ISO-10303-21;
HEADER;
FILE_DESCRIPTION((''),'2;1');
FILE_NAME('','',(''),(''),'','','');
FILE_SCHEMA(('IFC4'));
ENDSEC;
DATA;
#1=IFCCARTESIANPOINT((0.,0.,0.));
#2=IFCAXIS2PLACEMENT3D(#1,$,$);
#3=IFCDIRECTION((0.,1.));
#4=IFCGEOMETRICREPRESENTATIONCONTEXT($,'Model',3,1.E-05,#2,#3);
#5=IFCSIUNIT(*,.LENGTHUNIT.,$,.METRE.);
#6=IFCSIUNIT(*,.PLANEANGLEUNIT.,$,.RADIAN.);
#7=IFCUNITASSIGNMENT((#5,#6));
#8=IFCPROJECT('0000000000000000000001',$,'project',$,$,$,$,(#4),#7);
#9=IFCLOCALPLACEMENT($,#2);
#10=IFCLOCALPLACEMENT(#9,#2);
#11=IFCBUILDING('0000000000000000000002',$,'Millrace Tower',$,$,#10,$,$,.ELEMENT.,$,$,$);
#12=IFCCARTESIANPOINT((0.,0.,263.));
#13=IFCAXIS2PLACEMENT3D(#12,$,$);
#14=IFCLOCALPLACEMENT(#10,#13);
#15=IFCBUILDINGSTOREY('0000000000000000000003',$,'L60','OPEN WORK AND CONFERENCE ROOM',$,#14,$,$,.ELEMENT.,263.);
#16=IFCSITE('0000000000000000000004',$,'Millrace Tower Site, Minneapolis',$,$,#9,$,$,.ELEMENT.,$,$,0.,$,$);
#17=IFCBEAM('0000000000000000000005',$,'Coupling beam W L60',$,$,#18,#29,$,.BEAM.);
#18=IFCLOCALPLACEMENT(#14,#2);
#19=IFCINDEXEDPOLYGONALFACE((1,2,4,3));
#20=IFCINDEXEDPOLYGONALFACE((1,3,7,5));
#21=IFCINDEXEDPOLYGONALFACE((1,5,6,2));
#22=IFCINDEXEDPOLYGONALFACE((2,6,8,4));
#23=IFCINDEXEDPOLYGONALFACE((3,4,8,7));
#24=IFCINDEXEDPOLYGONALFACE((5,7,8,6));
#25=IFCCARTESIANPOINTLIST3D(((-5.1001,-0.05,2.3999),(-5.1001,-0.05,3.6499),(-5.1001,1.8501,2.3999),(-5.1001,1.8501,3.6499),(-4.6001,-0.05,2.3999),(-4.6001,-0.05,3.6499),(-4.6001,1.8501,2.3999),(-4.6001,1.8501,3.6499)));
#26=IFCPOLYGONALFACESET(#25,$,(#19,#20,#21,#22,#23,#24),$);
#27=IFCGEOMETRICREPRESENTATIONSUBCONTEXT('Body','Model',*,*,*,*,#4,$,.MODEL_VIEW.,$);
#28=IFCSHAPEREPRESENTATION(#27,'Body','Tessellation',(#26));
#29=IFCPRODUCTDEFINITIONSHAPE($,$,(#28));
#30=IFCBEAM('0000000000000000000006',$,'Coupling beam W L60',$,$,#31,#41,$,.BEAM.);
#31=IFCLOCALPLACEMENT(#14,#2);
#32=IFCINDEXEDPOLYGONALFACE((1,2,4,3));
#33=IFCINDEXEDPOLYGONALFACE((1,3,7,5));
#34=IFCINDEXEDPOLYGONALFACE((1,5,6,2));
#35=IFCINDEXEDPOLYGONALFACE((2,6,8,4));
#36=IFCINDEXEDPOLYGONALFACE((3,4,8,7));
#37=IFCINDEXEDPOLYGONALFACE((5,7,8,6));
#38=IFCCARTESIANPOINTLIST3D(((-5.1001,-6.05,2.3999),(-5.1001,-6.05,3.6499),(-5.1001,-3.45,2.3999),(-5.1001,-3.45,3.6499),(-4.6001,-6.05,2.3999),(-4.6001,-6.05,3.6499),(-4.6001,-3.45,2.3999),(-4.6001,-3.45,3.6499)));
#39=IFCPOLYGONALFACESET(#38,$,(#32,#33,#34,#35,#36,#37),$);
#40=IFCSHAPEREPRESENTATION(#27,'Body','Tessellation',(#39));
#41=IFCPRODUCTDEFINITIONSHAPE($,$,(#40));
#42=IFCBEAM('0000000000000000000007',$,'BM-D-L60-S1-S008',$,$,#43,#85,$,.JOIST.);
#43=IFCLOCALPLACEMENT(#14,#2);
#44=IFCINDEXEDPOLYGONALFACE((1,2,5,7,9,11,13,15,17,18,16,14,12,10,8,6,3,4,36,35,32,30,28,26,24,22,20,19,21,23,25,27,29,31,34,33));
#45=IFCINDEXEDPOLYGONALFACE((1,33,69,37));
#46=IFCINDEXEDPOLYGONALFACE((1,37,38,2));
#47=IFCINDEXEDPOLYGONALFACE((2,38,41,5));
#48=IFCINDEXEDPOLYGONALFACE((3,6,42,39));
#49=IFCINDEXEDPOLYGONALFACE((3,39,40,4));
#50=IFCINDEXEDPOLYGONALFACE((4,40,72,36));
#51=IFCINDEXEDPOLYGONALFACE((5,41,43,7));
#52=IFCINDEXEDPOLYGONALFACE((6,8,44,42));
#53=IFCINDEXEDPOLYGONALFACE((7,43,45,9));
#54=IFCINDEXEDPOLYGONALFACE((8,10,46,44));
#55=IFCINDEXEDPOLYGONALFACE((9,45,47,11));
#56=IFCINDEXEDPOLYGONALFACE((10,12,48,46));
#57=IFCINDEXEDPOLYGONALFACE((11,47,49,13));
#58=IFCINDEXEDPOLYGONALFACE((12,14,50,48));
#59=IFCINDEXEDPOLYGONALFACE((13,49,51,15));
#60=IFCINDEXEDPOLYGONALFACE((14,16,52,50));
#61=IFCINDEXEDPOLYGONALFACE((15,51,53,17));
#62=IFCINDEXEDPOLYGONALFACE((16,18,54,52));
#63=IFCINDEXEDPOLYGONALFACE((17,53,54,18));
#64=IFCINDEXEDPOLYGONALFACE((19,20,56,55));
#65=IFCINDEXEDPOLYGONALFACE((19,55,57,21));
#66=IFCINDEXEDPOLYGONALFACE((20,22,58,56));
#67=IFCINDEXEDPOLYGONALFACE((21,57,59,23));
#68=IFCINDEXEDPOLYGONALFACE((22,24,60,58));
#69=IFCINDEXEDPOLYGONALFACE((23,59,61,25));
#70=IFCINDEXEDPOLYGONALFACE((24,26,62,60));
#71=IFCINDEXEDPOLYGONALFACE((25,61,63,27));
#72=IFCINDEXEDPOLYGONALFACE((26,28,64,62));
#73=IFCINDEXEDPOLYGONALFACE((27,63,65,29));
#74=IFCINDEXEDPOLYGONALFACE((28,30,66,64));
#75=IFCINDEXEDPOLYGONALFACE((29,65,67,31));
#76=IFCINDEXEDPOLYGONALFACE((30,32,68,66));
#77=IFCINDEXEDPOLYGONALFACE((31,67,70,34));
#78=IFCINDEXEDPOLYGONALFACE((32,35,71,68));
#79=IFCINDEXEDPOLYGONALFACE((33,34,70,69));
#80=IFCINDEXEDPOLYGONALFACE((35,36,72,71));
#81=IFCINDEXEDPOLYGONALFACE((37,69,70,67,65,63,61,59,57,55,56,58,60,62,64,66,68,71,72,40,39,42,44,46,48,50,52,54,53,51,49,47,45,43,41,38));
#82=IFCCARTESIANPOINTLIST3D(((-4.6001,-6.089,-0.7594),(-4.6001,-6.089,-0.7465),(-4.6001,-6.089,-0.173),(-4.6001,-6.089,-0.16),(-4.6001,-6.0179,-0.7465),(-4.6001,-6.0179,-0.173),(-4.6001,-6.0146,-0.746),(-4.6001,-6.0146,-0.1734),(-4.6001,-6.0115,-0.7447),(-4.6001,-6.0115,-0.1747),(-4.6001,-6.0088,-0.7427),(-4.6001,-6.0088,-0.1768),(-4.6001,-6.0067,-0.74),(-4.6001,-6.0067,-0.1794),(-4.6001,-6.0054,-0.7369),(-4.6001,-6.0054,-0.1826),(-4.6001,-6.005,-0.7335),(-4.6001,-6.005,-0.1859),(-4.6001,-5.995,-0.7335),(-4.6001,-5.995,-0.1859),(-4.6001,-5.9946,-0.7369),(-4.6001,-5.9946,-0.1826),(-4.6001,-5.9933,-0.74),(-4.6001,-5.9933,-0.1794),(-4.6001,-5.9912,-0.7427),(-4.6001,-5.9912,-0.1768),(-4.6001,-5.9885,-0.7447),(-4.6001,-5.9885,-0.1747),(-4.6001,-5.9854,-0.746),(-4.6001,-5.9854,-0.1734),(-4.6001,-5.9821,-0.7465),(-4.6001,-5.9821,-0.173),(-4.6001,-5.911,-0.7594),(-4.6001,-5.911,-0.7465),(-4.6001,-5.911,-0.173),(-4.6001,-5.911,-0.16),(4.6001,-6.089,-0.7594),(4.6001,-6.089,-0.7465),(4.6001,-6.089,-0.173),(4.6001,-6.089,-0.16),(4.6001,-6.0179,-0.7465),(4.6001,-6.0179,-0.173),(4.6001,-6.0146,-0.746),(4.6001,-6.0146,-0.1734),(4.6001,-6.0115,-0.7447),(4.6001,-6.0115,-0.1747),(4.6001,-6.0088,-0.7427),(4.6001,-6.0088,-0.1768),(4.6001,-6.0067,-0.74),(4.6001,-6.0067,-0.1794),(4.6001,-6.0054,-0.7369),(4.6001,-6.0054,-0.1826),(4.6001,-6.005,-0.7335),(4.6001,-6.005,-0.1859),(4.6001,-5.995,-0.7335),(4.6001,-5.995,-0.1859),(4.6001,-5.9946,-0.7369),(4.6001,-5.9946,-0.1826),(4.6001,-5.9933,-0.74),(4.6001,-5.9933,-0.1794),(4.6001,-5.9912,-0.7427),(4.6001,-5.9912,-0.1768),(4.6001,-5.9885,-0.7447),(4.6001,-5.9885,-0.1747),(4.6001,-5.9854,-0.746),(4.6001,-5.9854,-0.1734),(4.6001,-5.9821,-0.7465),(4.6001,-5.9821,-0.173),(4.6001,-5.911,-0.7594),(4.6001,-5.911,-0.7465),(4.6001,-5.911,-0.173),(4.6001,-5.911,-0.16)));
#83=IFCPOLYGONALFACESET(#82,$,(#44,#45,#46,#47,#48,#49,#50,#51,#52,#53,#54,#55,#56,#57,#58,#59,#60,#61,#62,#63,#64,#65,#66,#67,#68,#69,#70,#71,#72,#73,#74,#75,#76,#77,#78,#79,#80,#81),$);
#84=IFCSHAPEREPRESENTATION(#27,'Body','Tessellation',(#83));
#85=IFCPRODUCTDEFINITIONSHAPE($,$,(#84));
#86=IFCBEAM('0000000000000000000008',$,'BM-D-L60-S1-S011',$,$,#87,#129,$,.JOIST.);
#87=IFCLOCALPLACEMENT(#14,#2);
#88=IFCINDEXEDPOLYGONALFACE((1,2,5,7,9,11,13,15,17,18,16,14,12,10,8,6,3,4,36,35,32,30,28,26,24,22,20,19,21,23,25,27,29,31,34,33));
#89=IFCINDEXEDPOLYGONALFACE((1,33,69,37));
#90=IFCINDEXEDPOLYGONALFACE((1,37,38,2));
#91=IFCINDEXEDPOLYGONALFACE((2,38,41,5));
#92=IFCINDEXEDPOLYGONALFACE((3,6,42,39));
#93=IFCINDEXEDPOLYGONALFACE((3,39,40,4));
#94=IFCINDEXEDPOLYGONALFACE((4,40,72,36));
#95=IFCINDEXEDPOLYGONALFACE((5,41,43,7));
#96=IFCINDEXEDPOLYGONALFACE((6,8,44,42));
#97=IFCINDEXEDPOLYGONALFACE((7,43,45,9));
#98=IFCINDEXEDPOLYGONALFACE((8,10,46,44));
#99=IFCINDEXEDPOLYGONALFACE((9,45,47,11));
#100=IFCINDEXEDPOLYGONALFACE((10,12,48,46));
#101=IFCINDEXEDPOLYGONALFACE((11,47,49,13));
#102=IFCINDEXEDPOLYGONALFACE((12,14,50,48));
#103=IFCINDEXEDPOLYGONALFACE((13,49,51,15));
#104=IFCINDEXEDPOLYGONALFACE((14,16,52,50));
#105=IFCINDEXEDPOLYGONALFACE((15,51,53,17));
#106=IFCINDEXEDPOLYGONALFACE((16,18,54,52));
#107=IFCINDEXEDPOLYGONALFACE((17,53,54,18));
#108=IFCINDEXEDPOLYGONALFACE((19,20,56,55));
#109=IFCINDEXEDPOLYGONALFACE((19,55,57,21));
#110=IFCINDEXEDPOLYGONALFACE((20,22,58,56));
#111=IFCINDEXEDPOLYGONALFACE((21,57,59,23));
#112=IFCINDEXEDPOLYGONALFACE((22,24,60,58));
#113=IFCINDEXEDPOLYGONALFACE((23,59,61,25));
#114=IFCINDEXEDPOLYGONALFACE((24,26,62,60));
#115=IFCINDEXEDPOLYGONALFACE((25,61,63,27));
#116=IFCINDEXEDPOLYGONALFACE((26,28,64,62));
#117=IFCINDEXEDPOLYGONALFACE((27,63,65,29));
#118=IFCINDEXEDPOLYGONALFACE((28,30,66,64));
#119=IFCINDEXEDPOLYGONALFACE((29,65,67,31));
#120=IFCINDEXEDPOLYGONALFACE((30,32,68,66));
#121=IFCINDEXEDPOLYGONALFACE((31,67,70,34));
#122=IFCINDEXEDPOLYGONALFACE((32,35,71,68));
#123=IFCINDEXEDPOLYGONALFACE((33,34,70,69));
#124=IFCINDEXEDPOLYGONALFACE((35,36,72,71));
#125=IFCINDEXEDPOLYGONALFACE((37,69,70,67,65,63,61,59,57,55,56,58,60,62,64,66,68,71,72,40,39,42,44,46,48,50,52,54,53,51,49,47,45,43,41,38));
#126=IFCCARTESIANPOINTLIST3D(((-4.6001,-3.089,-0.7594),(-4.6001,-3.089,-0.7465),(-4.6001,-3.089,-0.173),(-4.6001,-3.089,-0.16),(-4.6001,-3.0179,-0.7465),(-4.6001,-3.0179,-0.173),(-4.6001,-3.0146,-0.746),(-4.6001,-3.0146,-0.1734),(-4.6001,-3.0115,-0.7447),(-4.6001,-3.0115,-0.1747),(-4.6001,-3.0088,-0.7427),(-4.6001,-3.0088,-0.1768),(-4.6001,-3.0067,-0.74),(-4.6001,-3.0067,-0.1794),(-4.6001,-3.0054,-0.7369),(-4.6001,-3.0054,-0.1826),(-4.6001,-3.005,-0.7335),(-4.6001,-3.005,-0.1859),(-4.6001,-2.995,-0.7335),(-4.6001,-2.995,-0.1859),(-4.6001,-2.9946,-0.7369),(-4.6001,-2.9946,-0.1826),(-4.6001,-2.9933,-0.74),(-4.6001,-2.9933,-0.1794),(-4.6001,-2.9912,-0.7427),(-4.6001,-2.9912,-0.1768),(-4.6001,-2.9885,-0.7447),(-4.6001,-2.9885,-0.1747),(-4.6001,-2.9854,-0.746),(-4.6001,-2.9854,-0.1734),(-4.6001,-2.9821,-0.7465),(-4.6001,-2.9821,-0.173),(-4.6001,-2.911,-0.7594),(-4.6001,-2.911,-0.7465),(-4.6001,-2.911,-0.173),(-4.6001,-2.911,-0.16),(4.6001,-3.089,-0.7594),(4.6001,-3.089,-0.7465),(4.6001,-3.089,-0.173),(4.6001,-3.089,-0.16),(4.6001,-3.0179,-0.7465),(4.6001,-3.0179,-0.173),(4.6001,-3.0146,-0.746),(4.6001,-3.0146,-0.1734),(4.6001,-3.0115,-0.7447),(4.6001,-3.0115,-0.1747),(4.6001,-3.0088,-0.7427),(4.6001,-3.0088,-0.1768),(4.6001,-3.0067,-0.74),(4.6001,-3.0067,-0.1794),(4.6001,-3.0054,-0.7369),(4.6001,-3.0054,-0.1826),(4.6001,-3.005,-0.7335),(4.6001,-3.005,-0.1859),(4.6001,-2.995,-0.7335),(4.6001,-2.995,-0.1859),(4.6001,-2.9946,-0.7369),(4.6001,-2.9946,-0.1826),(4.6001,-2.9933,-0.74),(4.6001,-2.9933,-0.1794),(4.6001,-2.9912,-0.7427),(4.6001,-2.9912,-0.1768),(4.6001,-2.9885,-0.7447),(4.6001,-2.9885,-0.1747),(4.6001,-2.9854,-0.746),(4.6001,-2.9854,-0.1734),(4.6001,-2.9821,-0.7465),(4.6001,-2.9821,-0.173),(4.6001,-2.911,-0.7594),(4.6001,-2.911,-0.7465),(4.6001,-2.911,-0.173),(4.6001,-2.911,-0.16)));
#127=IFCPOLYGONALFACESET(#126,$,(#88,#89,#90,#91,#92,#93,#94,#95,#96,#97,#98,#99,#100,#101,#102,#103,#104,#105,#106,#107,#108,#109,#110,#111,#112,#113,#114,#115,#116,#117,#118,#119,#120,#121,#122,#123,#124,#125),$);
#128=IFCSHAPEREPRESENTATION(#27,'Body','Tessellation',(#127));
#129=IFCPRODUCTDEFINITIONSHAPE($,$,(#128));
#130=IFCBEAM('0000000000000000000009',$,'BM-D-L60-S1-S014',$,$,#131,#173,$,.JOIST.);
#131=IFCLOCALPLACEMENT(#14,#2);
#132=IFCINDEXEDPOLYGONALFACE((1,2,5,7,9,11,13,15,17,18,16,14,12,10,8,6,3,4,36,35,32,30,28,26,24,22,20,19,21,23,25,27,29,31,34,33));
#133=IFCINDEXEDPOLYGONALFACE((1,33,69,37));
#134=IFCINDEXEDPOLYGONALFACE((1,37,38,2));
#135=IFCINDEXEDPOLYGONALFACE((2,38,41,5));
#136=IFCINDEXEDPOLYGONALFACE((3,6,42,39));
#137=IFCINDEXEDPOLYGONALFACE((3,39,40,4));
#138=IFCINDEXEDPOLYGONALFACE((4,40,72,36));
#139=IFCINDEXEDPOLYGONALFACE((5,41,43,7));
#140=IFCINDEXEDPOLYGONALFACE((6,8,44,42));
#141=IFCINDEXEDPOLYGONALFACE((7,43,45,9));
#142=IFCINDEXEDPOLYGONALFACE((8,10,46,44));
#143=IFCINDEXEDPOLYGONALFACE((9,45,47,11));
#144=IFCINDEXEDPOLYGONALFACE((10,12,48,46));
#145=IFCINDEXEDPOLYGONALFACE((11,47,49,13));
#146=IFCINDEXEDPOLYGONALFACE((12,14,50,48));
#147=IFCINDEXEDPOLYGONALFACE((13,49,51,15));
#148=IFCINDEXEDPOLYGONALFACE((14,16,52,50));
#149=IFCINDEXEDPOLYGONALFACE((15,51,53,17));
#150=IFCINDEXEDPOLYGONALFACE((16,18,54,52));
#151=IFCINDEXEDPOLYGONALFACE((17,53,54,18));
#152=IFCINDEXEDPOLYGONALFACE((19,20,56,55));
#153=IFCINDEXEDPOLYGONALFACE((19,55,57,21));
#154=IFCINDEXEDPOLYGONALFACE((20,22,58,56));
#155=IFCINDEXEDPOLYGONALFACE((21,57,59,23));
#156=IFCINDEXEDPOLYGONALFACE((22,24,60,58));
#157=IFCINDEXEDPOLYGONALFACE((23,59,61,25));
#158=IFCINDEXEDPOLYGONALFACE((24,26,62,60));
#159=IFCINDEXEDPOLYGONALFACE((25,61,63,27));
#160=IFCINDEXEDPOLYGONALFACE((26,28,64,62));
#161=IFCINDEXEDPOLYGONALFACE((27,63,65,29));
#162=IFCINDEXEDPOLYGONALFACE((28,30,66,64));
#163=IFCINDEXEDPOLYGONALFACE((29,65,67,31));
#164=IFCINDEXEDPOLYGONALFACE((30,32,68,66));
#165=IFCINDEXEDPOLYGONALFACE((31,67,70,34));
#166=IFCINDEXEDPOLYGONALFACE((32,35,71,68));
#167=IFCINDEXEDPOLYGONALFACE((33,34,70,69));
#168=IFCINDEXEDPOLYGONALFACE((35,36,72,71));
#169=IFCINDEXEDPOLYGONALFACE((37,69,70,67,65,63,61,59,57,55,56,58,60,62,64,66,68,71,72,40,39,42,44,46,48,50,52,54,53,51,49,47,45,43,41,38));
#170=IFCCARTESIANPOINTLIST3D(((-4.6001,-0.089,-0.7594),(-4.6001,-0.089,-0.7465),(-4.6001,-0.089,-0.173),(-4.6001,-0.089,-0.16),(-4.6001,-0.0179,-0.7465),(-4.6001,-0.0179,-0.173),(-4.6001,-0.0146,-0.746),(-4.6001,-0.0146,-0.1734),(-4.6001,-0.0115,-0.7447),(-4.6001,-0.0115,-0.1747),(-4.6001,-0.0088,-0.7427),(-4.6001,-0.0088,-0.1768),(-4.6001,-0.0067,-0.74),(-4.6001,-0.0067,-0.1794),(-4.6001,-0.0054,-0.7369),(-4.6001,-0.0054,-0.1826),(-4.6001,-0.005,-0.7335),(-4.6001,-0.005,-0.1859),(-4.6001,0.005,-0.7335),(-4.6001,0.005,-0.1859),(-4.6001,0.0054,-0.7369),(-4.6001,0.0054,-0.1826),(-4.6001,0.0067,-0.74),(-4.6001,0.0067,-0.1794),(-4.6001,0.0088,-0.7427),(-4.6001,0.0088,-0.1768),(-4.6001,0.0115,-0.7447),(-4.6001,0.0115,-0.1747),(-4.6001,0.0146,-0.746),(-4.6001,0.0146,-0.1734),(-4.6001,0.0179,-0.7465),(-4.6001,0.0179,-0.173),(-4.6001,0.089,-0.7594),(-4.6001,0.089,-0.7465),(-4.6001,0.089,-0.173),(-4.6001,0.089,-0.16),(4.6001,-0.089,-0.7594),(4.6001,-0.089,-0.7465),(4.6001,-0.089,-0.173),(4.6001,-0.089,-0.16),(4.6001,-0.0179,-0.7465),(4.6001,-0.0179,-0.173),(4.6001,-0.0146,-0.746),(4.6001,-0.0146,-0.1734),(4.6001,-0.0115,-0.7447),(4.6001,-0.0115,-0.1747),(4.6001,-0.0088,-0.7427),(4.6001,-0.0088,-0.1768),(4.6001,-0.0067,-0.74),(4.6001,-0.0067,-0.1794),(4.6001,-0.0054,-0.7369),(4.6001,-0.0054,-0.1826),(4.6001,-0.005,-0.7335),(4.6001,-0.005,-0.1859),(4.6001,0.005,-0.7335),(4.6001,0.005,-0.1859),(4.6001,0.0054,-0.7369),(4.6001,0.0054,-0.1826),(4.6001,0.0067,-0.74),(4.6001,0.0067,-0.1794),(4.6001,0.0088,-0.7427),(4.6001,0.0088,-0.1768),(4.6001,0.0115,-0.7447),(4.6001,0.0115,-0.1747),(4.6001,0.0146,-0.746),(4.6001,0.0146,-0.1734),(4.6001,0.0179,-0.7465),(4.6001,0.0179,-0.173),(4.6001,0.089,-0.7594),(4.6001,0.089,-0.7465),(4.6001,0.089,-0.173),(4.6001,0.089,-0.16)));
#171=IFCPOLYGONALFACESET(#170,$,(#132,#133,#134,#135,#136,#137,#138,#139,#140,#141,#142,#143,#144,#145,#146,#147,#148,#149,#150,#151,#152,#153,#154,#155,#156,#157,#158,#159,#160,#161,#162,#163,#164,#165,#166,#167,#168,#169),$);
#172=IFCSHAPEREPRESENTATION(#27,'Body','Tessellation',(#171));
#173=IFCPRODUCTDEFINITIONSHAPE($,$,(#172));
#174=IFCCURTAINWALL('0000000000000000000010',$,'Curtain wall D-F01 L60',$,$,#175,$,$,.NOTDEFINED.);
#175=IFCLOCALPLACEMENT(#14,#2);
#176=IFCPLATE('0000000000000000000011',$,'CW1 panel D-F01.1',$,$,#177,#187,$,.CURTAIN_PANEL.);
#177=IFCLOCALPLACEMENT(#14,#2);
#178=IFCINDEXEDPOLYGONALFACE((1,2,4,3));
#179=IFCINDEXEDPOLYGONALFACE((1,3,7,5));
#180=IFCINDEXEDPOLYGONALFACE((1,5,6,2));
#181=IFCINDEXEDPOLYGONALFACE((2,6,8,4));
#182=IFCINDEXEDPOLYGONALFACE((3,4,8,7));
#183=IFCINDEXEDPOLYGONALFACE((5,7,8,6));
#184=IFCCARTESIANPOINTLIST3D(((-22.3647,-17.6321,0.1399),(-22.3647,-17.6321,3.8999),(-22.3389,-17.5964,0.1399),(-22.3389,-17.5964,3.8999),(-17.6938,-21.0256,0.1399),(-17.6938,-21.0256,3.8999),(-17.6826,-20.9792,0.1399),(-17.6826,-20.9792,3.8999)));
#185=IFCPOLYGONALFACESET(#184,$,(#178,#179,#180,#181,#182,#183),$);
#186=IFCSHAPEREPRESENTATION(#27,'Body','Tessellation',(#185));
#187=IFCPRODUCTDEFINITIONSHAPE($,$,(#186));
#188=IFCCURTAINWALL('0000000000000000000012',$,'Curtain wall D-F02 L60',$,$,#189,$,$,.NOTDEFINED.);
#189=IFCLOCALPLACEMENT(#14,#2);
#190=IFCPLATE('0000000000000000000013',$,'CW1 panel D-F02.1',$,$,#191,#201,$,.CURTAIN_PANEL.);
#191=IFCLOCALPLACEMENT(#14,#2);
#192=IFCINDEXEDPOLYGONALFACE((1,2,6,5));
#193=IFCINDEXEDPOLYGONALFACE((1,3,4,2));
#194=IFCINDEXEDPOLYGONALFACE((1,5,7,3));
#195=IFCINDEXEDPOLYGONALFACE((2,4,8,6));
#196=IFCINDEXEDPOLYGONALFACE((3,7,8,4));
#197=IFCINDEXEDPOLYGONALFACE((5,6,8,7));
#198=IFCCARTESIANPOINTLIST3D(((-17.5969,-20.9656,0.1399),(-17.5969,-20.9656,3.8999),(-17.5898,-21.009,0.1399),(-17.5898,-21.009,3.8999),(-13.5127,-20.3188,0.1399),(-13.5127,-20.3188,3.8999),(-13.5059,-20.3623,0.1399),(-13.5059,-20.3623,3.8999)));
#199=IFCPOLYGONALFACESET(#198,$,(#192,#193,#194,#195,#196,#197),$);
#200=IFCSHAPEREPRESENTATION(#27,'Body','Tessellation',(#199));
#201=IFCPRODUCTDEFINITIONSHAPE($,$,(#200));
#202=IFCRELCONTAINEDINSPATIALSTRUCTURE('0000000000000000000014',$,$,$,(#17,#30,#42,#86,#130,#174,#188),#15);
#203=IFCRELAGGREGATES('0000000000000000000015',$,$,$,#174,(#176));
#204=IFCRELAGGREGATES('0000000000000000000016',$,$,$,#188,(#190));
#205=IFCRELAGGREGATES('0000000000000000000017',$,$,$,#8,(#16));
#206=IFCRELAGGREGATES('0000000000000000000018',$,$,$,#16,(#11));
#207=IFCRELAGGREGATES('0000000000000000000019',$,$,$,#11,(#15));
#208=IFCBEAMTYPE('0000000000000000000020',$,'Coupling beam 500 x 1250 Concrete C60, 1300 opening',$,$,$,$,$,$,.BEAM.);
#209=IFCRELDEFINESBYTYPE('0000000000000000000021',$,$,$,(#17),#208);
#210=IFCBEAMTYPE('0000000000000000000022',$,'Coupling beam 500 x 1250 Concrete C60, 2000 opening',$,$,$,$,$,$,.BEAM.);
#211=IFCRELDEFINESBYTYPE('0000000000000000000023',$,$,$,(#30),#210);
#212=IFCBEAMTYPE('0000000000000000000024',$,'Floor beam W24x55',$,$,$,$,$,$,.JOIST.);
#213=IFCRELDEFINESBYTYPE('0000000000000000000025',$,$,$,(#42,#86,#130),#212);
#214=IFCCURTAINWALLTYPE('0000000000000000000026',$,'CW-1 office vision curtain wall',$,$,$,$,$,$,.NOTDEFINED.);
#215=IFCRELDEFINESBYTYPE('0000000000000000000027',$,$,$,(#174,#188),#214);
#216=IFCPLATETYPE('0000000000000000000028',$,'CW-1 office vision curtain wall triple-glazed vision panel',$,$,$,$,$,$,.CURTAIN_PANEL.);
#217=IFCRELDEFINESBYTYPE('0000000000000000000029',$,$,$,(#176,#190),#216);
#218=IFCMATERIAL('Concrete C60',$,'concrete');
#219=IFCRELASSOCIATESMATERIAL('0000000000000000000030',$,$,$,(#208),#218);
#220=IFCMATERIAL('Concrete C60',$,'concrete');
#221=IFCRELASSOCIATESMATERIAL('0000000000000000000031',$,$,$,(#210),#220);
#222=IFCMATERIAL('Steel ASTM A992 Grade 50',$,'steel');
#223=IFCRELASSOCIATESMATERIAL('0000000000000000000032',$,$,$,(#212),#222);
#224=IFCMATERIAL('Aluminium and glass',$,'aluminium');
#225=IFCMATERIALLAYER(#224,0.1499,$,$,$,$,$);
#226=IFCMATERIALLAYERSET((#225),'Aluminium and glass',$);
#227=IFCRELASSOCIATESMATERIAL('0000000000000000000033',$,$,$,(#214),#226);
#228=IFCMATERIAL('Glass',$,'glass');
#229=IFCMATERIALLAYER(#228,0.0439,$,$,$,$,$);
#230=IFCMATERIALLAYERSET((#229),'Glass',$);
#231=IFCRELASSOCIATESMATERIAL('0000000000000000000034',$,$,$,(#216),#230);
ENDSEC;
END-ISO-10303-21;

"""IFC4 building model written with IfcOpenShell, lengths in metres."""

from ifc_helpers import new_model, si_unit, direction, frame, origin, origin_2d, place, context, subcontext, project, spatial, polyline, rectangle, i_section, outline, extrude, material, layer, layer_set, material_profile, profile_set, type_object, element, aggregate, save


model = new_model("IFC4")

# Units and contexts
model_context = context("Model", 3, precision=1e-05, world=origin(), true_north=direction((0.0, 1.0)))
body_context = subcontext(model_context, "Body", "Model", "MODEL_VIEW")
ifc_project = project(units=[si_unit("LENGTHUNIT", "METRE"), si_unit("PLANEANGLEUNIT", "RADIAN")], contexts=[model_context])

# Site, building, storey
site_placement = place(None, origin())
site = spatial("IfcSite", under=ifc_project, at=site_placement, Name="Millrace Tower Site, Minneapolis", CompositionType="ELEMENT", RefElevation=0.0)
building_placement = place(site_placement, origin())
building = spatial("IfcBuilding", under=site, at=building_placement, Name="Millrace Tower", CompositionType="ELEMENT")
storey_placement = place(building_placement, frame((0.0, 0.0, 263.0)))
storey = spatial("IfcBuildingStorey", under=building, at=storey_placement, Name="L60", Description="OPEN WORK AND CONFERENCE ROOM", CompositionType="ELEMENT", Elevation=263.0)

# Beams
ifc_material_1 = material(Name="Concrete C60", Category="concrete")
ifc_material_profile_1 = material_profile(ifc_material_1, rectangle(XDim=0.5, YDim=1.25, at=origin_2d()))
ifc_profile_set_1 = profile_set([ifc_material_profile_1], Name="Concrete C60")
beam_type_1 = type_object("IfcBeamType", Name="Coupling beam 500 x 1250 Concrete C60, 1300 opening", PredefinedType="BEAM", material=ifc_profile_set_1)
beam_1_placement = place(storey_placement, frame((-4.8501, -0.05, 3.0249), z_axis=(0.0, 1.0, 0.0), x_axis=(-1.0, 0.0, 0.0)))
element("IfcBeam", 1, at=beam_1_placement, inside=storey, type_object=beam_type_1, Name="Coupling beam W L60", PredefinedType="BEAM", context=body_context, shape_type="SweptSolid", body=[
    extrude(rectangle(XDim=0.5, YDim=1.25, at=origin_2d()), origin(), (0.0, 0.0, 1.0), 1.9001),
])
ifc_material_2 = material(Name="Concrete C60", Category="concrete")
ifc_material_profile_2 = material_profile(ifc_material_2, rectangle(XDim=0.5, YDim=1.25, at=origin_2d()))
ifc_profile_set_2 = profile_set([ifc_material_profile_2], Name="Concrete C60")
beam_type_2 = type_object("IfcBeamType", Name="Coupling beam 500 x 1250 Concrete C60, 2000 opening", PredefinedType="BEAM", material=ifc_profile_set_2)
beam_2_placement = place(storey_placement, frame((-4.8501, -6.05, 3.0249), z_axis=(0.0, 1.0, 0.0), x_axis=(-1.0, 0.0, 0.0)))
element("IfcBeam", 2, at=beam_2_placement, inside=storey, type_object=beam_type_2, Name="Coupling beam W L60", PredefinedType="BEAM", context=body_context, shape_type="SweptSolid", body=[
    extrude(rectangle(XDim=0.5, YDim=1.25, at=origin_2d()), origin(), (0.0, 0.0, 1.0), 2.6001),
])
ifc_material_3 = material(Name="Steel ASTM A992 Grade 50", Category="steel")
ifc_material_profile_3 = material_profile(ifc_material_3, i_section(OverallWidth=0.178, OverallDepth=0.5994, WebThickness=0.01, FlangeThickness=0.0129, FilletRadius=0.0129, at=origin_2d()))
ifc_profile_set_3 = profile_set([ifc_material_profile_3], Name="Steel ASTM A992 Grade 50")
beam_type_3 = type_object("IfcBeamType", Name="Floor beam W24x55", PredefinedType="JOIST", material=ifc_profile_set_3)
for number, where, z_axis, x_axis, name in (
    (3, (-4.6001, -6.0, -0.4597), (1.0, 0.0, 0.0), (0.0, 1.0, 0.0), "BM-D-L60-S1-S008"),
    (4, (-4.6001, -3.0, -0.4597), (1.0, 0.0, 0.0), (0.0, 1.0, 0.0), "BM-D-L60-S1-S011"),
    (5, (-4.6001, 0.0, -0.4597), (1.0, 0.0, 0.0), (0.0, 1.0, 0.0), "BM-D-L60-S1-S014"),
):
    element("IfcBeam", number, at=place(storey_placement, frame(where, z_axis=z_axis, x_axis=x_axis)), inside=storey, type_object=beam_type_3, Name=name, PredefinedType="JOIST", context=body_context, shape_type="SweptSolid", body=[
        extrude(i_section(OverallWidth=0.178, OverallDepth=0.5994, WebThickness=0.01, FlangeThickness=0.0129, FilletRadius=0.0129, at=origin_2d()), origin(), (0.0, 0.0, 1.0), 9.2002),
    ])

# Curtain wall, plate
ifc_material_4 = material(Name="Aluminium and glass", Category="aluminium")
ifc_layer_1 = layer(ifc_material_4, 0.1499)
ifc_layer_set_1 = layer_set([ifc_layer_1], Name="Aluminium and glass")
curtain_wall_type = type_object("IfcCurtainWallType", Name="CW-1 office vision curtain wall", PredefinedType="NOTDEFINED", material=ifc_layer_set_1)
placement_1 = place(storey_placement, origin())
curtain_wall_1 = element("IfcCurtainWall", 6, at=placement_1, inside=storey, type_object=curtain_wall_type, Name="Curtain wall D-F01 L60", PredefinedType="NOTDEFINED")
ifc_material_5 = material(Name="Glass", Category="glass")
ifc_layer_2 = layer(ifc_material_5, 0.0439)
ifc_layer_set_2 = layer_set([ifc_layer_2], Name="Glass")
plate_type = type_object("IfcPlateType", Name="CW-1 office vision curtain wall triple-glazed vision panel", PredefinedType="CURTAIN_PANEL", material=ifc_layer_set_2)
placement_2 = place(storey_placement, frame((0.0, 0.0, 0.1399)))
plate_1 = element("IfcPlate", 7, at=placement_2, type_object=plate_type, Name="CW1 panel D-F01.1", PredefinedType="CURTAIN_PANEL", context=body_context, shape_type="SweptSolid", body=[
    extrude(outline(polyline([(-22.3647, -17.6321), (-17.6938, -21.0256), (-17.6826, -20.9792), (-22.3389, -17.5964), (-22.3647, -17.6321)])), origin(), (0.0, 0.0, 1.0), 3.76),
])
aggregate(curtain_wall_1, [plate_1])

# Curtain wall, plate
curtain_wall_2 = element("IfcCurtainWall", 8, at=placement_1, inside=storey, type_object=curtain_wall_type, Name="Curtain wall D-F02 L60", PredefinedType="NOTDEFINED")
plate_2 = element("IfcPlate", 9, at=placement_2, type_object=plate_type, Name="CW1 panel D-F02.1", PredefinedType="CURTAIN_PANEL", context=body_context, shape_type="SweptSolid", body=[
    extrude(outline(polyline([(-17.5898, -21.009), (-13.5059, -20.3623), (-13.5127, -20.3188), (-17.5969, -20.9656), (-17.5898, -21.009)])), origin(), (0.0, 0.0, 1.0), 3.76),
])
aggregate(curtain_wall_2, [plate_2])

save(model, "model.ifc")
